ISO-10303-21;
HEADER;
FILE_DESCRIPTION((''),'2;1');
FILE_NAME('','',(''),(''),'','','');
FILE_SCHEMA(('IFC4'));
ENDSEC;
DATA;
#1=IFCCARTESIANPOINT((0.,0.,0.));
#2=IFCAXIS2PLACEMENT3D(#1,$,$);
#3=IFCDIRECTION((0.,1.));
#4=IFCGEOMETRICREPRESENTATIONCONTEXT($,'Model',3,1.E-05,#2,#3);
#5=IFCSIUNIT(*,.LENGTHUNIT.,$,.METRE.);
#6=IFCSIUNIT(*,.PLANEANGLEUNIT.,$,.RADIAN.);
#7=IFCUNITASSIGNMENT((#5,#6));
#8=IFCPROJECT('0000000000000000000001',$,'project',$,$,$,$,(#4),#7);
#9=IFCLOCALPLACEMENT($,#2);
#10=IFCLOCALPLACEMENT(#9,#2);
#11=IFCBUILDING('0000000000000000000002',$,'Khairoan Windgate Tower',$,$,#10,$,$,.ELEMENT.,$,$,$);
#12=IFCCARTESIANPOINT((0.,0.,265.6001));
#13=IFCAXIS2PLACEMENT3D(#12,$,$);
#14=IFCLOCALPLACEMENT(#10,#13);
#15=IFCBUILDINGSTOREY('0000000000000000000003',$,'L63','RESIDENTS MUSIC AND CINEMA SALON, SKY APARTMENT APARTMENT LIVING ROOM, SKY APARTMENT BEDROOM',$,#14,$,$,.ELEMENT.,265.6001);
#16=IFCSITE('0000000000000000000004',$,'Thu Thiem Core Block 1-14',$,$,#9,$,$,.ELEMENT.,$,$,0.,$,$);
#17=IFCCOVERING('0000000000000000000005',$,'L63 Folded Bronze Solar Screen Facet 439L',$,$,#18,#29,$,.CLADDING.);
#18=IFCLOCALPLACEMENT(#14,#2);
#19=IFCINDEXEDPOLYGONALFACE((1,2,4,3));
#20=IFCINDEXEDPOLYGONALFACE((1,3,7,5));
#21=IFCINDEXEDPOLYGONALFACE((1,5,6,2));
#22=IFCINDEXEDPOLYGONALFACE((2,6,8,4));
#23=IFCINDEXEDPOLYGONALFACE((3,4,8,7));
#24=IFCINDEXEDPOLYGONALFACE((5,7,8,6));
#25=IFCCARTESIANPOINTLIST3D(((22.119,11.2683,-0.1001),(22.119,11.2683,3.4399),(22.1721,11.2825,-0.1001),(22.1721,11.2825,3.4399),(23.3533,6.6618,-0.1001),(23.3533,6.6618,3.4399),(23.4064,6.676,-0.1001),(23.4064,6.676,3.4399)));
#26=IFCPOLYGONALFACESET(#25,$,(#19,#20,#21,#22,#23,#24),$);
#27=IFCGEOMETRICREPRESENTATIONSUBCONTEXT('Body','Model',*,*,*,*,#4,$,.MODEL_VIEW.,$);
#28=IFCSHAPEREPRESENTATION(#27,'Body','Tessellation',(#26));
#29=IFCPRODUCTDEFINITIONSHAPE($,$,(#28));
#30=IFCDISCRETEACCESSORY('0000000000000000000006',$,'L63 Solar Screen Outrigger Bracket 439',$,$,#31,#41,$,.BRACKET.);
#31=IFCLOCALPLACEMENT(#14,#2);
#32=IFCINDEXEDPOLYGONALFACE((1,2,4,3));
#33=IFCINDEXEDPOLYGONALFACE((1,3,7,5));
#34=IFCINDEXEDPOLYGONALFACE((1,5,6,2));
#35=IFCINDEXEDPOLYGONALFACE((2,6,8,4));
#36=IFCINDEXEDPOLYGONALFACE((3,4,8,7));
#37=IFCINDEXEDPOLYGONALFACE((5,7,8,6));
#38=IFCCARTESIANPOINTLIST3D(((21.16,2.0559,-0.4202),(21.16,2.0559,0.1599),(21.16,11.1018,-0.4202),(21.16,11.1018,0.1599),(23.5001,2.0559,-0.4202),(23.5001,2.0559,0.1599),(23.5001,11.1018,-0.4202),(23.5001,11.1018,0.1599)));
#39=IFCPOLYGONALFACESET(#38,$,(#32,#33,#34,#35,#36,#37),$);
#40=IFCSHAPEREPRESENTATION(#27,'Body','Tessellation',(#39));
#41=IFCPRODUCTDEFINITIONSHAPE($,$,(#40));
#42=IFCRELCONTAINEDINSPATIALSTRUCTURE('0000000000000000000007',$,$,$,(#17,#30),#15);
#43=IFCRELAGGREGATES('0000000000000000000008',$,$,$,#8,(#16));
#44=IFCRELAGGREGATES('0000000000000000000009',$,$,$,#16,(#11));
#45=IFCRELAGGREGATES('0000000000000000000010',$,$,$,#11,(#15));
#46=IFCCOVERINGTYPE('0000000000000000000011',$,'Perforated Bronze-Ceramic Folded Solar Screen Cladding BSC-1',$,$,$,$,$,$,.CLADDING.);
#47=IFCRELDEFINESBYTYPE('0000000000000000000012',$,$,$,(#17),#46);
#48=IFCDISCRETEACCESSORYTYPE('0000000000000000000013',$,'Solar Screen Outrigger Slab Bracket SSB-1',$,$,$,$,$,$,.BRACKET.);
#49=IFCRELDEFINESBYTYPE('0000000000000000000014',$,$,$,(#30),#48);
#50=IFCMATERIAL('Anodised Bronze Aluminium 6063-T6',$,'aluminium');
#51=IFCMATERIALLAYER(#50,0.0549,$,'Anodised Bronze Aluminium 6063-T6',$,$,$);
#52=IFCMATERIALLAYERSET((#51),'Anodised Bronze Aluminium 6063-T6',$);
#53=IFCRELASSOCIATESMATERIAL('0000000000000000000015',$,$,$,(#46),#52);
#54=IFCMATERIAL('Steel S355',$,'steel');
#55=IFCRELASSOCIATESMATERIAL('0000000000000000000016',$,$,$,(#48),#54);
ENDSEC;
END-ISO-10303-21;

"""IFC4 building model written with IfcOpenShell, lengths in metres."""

from ifc_helpers import new_model, si_unit, direction, frame, origin, origin_2d, place, context, subcontext, project, spatial, rectangle, extrude, material, layer, layer_set, type_object, element, save


model = new_model("IFC4")

# Units and contexts
model_context = context("Model", 3, precision=1e-05, world=origin(), true_north=direction((0.0, 1.0)))
body_context = subcontext(model_context, "Body", "Model", "MODEL_VIEW")
ifc_project = project(units=[si_unit("LENGTHUNIT", "METRE"), si_unit("PLANEANGLEUNIT", "RADIAN")], contexts=[model_context])

# Site, building, storey
site_placement = place(None, origin())
site = spatial("IfcSite", under=ifc_project, at=site_placement, Name="Thu Thiem Core Block 1-14", CompositionType="ELEMENT", RefElevation=0.0)
building_placement = place(site_placement, origin())
building = spatial("IfcBuilding", under=site, at=building_placement, Name="Khairoan Windgate Tower", CompositionType="ELEMENT")
storey_placement = place(building_placement, frame((0.0, 0.0, 265.6001)))
storey = spatial("IfcBuildingStorey", under=building, at=storey_placement, Name="L63", Description="RESIDENTS MUSIC AND CINEMA SALON, SKY APARTMENT APARTMENT LIVING ROOM, SKY APARTMENT BEDROOM", CompositionType="ELEMENT", Elevation=265.6001)

# Covering
ifc_material_1 = material(Name="Anodised Bronze Aluminium 6063-T6", Category="aluminium")
ifc_layer_1 = layer(ifc_material_1, 0.0549, Name="Anodised Bronze Aluminium 6063-T6")
ifc_layer_set_1 = layer_set([ifc_layer_1], Name="Anodised Bronze Aluminium 6063-T6")
covering_type = type_object("IfcCoveringType", Name="Perforated Bronze-Ceramic Folded Solar Screen Cladding BSC-1", PredefinedType="CLADDING", material=ifc_layer_set_1)
covering_placement = place(storey_placement, frame((22.7627, 8.9722, -0.1001), z_axis=(0.0, 0.0, 1.0), x_axis=(0.258819, -0.965926, 0.0)))
element("IfcCovering", 1, at=covering_placement, inside=storey, type_object=covering_type, Name="L63 Folded Bronze Solar Screen Facet 439L", PredefinedType="CLADDING", context=body_context, shape_type="SweptSolid", body=[
    extrude(rectangle(XDim=4.769, YDim=0.0549, at=origin_2d()), origin(), (0.0, 0.0, 1.0), 3.54),
])

# Discrete accessory
ifc_material_2 = material(Name="Steel S355", Category="steel")
discrete_accessory_type = type_object("IfcDiscreteAccessoryType", Name="Solar Screen Outrigger Slab Bracket SSB-1", PredefinedType="BRACKET", material=ifc_material_2)
discrete_accessory_placement = place(storey_placement, frame((22.3301, 6.5789, -0.4202), z_axis=(0.0, 0.0, 1.0), x_axis=(0.0, -1.0, 0.0)))
element("IfcDiscreteAccessory", 2, at=discrete_accessory_placement, inside=storey, type_object=discrete_accessory_type, Name="L63 Solar Screen Outrigger Bracket 439", PredefinedType="BRACKET", context=body_context, shape_type="SweptSolid", body=[
    extrude(rectangle(XDim=9.0459, YDim=2.3401, at=origin_2d()), origin(), (0.0, 0.0, 1.0), 0.5801),
])

save(model, "model.ifc")
